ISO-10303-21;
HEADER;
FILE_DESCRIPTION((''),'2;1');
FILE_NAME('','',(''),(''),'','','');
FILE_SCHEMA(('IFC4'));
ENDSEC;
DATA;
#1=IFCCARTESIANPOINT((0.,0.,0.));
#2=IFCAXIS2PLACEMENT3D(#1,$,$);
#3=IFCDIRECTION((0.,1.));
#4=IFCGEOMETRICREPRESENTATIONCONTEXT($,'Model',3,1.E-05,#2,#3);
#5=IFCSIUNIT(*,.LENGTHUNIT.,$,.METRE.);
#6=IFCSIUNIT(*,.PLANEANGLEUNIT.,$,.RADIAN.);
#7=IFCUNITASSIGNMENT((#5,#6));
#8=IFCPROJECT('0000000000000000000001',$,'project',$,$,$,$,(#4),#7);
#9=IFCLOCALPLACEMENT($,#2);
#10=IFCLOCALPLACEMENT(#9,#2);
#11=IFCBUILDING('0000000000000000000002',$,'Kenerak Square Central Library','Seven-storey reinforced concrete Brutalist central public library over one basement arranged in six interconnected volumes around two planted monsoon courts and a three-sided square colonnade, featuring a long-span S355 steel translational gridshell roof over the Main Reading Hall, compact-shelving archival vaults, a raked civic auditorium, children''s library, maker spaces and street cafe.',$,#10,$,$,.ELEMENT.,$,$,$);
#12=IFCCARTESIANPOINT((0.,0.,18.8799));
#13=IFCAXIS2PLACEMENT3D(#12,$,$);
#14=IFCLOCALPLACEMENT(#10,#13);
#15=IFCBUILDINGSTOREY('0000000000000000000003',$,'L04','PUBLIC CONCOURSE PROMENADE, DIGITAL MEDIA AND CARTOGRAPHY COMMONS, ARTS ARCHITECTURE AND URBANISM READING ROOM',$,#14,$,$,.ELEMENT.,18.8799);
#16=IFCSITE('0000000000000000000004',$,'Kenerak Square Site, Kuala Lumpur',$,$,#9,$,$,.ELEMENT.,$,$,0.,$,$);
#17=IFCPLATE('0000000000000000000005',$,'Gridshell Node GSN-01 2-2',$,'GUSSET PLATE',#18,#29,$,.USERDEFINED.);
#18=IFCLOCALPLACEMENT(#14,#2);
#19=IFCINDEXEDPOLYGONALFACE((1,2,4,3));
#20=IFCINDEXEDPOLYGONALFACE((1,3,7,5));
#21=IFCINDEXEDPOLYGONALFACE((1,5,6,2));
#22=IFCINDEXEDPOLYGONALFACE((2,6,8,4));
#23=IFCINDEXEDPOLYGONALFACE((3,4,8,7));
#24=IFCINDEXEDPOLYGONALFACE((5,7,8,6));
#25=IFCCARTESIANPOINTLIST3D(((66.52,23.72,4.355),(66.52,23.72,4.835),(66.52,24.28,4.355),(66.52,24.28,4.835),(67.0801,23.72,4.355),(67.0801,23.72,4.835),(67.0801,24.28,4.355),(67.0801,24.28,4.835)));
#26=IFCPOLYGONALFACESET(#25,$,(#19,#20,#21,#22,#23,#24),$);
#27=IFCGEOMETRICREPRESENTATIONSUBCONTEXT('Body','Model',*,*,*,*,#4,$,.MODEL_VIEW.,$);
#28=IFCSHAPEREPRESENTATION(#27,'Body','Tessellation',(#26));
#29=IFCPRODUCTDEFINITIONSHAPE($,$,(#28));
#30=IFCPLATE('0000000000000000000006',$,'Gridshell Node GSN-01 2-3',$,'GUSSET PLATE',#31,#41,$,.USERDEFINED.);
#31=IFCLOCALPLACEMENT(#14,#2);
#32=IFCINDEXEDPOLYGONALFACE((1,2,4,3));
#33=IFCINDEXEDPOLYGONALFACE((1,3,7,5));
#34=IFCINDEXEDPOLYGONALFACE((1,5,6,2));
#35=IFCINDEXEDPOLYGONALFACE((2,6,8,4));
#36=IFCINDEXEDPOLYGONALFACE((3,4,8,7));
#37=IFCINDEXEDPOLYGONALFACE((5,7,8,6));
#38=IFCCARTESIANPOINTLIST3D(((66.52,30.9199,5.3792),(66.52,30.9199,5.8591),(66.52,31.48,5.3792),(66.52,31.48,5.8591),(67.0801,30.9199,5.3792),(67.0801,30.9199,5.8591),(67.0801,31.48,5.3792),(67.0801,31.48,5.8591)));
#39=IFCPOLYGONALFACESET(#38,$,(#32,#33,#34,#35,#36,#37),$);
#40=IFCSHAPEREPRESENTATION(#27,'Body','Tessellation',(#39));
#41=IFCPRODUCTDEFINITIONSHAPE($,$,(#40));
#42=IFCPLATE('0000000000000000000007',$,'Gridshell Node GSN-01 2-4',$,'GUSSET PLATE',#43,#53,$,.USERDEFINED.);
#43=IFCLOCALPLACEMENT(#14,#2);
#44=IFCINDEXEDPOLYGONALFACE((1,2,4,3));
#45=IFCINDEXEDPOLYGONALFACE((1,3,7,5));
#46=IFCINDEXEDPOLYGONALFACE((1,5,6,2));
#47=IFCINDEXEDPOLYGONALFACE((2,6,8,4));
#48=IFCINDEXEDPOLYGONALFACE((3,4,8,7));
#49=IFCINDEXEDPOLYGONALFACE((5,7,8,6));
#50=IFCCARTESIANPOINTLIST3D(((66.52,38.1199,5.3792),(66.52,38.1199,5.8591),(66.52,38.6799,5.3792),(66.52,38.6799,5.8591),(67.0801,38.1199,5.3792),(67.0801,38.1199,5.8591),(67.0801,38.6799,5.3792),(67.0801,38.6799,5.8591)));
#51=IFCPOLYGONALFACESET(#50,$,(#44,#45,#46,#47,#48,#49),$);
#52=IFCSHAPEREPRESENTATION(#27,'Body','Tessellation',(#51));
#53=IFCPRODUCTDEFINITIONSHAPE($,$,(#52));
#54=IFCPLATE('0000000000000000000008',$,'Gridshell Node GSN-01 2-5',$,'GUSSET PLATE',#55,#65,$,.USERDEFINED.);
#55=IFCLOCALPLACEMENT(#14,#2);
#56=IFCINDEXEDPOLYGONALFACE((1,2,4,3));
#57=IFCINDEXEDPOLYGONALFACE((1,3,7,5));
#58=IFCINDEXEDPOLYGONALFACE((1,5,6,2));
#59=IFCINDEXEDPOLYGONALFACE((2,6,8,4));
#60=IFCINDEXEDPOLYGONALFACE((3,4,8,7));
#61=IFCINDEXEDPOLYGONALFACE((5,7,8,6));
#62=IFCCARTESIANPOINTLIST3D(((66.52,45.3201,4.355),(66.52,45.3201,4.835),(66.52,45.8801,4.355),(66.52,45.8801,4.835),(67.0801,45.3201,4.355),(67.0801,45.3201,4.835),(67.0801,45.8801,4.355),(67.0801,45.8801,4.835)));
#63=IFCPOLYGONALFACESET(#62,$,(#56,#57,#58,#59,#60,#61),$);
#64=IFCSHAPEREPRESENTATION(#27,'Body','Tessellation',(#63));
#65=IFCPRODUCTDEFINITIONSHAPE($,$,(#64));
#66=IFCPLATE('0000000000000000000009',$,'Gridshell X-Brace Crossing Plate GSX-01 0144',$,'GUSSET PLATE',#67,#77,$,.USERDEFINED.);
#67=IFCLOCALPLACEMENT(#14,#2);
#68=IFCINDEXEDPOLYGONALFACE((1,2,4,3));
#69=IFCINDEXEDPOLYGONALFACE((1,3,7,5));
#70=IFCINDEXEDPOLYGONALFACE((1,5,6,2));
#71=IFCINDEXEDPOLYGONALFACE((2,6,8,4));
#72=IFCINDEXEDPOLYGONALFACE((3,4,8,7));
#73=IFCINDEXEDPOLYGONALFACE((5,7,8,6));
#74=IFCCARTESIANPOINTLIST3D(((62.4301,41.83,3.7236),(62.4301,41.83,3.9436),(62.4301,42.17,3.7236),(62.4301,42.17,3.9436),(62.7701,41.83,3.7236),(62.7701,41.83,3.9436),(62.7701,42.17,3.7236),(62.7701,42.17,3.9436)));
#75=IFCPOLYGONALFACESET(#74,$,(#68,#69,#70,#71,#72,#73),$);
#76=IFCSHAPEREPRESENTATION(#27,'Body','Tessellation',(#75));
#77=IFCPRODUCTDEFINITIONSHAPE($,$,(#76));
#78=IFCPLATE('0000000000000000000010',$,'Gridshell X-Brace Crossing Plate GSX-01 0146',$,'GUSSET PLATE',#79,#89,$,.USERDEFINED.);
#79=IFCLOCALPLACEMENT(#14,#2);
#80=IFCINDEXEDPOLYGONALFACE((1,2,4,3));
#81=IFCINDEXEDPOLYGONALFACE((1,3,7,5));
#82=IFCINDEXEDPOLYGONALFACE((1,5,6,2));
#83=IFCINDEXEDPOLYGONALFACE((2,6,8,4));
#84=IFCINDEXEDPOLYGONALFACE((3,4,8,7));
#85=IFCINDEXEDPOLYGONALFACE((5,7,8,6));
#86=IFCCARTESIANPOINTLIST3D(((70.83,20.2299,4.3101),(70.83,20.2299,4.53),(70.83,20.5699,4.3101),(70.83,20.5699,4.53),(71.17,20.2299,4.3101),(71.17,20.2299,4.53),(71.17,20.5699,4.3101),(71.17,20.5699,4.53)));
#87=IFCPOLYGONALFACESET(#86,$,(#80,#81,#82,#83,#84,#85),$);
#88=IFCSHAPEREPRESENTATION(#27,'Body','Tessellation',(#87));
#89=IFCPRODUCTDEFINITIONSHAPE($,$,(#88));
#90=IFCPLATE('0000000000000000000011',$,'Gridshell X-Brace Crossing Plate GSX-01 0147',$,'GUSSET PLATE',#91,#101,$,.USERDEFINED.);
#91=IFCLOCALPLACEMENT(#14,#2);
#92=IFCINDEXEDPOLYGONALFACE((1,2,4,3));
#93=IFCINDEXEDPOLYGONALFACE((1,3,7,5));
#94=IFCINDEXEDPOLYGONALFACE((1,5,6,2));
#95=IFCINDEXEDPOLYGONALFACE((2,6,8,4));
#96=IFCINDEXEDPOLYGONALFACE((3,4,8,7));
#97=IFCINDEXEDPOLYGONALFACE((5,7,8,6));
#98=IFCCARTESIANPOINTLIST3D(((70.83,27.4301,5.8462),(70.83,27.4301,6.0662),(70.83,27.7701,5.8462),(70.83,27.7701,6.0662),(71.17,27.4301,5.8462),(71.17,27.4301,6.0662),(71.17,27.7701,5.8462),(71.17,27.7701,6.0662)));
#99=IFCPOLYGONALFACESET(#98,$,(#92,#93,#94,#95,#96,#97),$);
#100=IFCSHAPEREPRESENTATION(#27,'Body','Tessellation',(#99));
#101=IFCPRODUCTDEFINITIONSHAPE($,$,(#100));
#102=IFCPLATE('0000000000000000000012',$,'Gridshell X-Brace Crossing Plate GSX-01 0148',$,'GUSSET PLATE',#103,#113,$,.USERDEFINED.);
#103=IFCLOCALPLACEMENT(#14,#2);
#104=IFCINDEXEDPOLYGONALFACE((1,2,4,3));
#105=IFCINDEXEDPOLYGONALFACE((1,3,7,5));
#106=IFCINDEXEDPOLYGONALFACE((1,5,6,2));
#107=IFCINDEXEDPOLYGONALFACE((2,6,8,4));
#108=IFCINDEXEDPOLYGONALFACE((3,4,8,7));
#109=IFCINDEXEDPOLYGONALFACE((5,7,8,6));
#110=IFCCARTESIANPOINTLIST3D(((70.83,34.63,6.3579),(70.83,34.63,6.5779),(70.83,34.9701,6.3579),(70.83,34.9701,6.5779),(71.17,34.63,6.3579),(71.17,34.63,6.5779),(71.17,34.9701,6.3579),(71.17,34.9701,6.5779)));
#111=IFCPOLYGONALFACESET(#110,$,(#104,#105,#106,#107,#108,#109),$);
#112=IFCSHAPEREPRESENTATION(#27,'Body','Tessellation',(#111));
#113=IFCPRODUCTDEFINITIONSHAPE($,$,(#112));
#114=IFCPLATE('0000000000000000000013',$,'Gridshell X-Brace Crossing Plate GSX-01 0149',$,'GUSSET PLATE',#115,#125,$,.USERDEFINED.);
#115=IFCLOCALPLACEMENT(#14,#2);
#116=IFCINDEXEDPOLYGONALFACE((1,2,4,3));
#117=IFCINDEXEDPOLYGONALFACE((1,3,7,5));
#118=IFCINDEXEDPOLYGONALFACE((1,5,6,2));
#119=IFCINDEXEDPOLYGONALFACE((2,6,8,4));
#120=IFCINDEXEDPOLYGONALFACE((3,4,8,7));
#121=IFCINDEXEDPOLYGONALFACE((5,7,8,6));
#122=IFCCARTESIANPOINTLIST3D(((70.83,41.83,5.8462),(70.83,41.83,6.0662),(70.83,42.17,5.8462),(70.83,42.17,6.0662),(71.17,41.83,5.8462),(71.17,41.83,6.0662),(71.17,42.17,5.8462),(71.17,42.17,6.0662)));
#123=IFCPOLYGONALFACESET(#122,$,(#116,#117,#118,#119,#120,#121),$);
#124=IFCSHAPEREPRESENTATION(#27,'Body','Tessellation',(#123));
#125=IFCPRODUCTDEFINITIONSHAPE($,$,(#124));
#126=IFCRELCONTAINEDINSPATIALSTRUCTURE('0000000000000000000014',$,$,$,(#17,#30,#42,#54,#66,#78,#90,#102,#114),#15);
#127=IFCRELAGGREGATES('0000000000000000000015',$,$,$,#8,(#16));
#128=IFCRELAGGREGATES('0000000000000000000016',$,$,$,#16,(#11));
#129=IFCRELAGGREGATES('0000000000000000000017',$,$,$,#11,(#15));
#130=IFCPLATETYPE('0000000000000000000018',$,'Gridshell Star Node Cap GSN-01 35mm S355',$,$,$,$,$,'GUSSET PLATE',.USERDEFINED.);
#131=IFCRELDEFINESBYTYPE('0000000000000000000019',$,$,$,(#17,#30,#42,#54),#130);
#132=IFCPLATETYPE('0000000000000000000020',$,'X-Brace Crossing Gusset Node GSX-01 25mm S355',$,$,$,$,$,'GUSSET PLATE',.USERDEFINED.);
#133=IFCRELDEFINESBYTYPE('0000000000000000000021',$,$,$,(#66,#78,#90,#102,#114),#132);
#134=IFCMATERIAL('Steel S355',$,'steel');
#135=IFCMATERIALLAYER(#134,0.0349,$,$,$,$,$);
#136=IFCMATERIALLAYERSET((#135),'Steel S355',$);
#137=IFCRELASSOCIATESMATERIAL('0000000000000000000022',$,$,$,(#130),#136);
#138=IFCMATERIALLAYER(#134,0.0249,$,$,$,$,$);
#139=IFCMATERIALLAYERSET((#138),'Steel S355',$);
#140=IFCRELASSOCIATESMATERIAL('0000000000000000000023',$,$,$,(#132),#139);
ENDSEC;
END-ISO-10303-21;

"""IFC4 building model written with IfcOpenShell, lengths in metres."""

from ifc_helpers import new_model, si_unit, direction, frame, origin, origin_2d, place, context, subcontext, project, spatial, rectangle, extrude, material, layer, layer_set, type_object, element, save


model = new_model("IFC4")

# Units and contexts
model_context = context("Model", 3, precision=1e-05, world=origin(), true_north=direction((0.0, 1.0)))
body_context = subcontext(model_context, "Body", "Model", "MODEL_VIEW")
ifc_project = project(units=[si_unit("LENGTHUNIT", "METRE"), si_unit("PLANEANGLEUNIT", "RADIAN")], contexts=[model_context])

# Site, building, storey
site_placement = place(None, origin())
site = spatial("IfcSite", under=ifc_project, at=site_placement, Name="Kenerak Square Site, Kuala Lumpur", CompositionType="ELEMENT", RefElevation=0.0)
building_placement = place(site_placement, origin())
building = spatial("IfcBuilding", under=site, at=building_placement, Name="Kenerak Square Central Library", Description="Seven-storey reinforced concrete Brutalist central public library over one basement arranged in six interconnected volumes around two planted monsoon courts and a three-sided square colonnade, featuring a long-span S355 steel translational gridshell roof over the Main Reading Hall, compact-shelving archival vaults, a raked civic auditorium, children's library, maker spaces and street cafe.", CompositionType="ELEMENT")
storey_placement = place(building_placement, frame((0.0, 0.0, 18.8799)))
storey = spatial("IfcBuildingStorey", under=building, at=storey_placement, Name="L04", Description="PUBLIC CONCOURSE PROMENADE, DIGITAL MEDIA AND CARTOGRAPHY COMMONS, ARTS ARCHITECTURE AND URBANISM READING ROOM", CompositionType="ELEMENT", Elevation=18.8799)

# Shared definitions
ifc_material = material(Name="Steel S355", Category="steel")

# Plates
ifc_layer_1 = layer(ifc_material, 0.0349)
ifc_layer_set_1 = layer_set([ifc_layer_1], Name="Steel S355")
plate_type_1 = type_object("IfcPlateType", Name="Gridshell Star Node Cap GSN-01 35mm S355", ElementType="GUSSET PLATE", PredefinedType="USERDEFINED", material=ifc_layer_set_1)
for number, where, z_axis, x_axis, name in (
    (1, (66.8, 24.0, 4.355), (0.0, 0.0, 1.0), (1.0, 0.0, 0.0), "Gridshell Node GSN-01 2-2"),
    (2, (66.8, 31.2, 5.3792), (0.0, 0.0, 1.0), (1.0, 0.0, 0.0), "Gridshell Node GSN-01 2-3"),
    (3, (66.8, 38.3999, 5.3792), (0.0, 0.0, 1.0), (1.0, 0.0, 0.0), "Gridshell Node GSN-01 2-4"),
    (4, (66.8, 45.6001, 4.355), (0.0, 0.0, 1.0), (1.0, 0.0, 0.0), "Gridshell Node GSN-01 2-5"),
):
    element("IfcPlate", number, at=place(storey_placement, frame(where, z_axis=z_axis, x_axis=x_axis)), inside=storey, type_object=plate_type_1, Name=name, ObjectType="GUSSET PLATE", PredefinedType="USERDEFINED", context=body_context, shape_type="SweptSolid", body=[
        extrude(rectangle(XDim=0.5601, YDim=0.5601, at=origin_2d()), origin(), (0.0, 0.0, 1.0), 0.48),
    ])
ifc_layer_2 = layer(ifc_material, 0.0249)
ifc_layer_set_2 = layer_set([ifc_layer_2], Name="Steel S355")
plate_type_2 = type_object("IfcPlateType", Name="X-Brace Crossing Gusset Node GSX-01 25mm S355", ElementType="GUSSET PLATE", PredefinedType="USERDEFINED", material=ifc_layer_set_2)
for number, where, z_axis, x_axis, name in (
    (5, (62.6001, 42.0, 3.7236), (0.0, 0.0, 1.0), (1.0, 0.0, 0.0), "Gridshell X-Brace Crossing Plate GSX-01 0144"),
    (6, (71.0, 20.3999, 4.3101), (0.0, 0.0, 1.0), (1.0, 0.0, 0.0), "Gridshell X-Brace Crossing Plate GSX-01 0146"),
    (7, (71.0, 27.6001, 5.8462), (0.0, 0.0, 1.0), (1.0, 0.0, 0.0), "Gridshell X-Brace Crossing Plate GSX-01 0147"),
    (8, (71.0, 34.8, 6.3579), (0.0, 0.0, 1.0), (1.0, 0.0, 0.0), "Gridshell X-Brace Crossing Plate GSX-01 0148"),
    (9, (71.0, 42.0, 5.8462), (0.0, 0.0, 1.0), (1.0, 0.0, 0.0), "Gridshell X-Brace Crossing Plate GSX-01 0149"),
):
    element("IfcPlate", number, at=place(storey_placement, frame(where, z_axis=z_axis, x_axis=x_axis)), inside=storey, type_object=plate_type_2, Name=name, ObjectType="GUSSET PLATE", PredefinedType="USERDEFINED", context=body_context, shape_type="SweptSolid", body=[
        extrude(rectangle(XDim=0.3401, YDim=0.3401, at=origin_2d()), origin(), (0.0, 0.0, 1.0), 0.22),
    ])

save(model, "model.ifc")
